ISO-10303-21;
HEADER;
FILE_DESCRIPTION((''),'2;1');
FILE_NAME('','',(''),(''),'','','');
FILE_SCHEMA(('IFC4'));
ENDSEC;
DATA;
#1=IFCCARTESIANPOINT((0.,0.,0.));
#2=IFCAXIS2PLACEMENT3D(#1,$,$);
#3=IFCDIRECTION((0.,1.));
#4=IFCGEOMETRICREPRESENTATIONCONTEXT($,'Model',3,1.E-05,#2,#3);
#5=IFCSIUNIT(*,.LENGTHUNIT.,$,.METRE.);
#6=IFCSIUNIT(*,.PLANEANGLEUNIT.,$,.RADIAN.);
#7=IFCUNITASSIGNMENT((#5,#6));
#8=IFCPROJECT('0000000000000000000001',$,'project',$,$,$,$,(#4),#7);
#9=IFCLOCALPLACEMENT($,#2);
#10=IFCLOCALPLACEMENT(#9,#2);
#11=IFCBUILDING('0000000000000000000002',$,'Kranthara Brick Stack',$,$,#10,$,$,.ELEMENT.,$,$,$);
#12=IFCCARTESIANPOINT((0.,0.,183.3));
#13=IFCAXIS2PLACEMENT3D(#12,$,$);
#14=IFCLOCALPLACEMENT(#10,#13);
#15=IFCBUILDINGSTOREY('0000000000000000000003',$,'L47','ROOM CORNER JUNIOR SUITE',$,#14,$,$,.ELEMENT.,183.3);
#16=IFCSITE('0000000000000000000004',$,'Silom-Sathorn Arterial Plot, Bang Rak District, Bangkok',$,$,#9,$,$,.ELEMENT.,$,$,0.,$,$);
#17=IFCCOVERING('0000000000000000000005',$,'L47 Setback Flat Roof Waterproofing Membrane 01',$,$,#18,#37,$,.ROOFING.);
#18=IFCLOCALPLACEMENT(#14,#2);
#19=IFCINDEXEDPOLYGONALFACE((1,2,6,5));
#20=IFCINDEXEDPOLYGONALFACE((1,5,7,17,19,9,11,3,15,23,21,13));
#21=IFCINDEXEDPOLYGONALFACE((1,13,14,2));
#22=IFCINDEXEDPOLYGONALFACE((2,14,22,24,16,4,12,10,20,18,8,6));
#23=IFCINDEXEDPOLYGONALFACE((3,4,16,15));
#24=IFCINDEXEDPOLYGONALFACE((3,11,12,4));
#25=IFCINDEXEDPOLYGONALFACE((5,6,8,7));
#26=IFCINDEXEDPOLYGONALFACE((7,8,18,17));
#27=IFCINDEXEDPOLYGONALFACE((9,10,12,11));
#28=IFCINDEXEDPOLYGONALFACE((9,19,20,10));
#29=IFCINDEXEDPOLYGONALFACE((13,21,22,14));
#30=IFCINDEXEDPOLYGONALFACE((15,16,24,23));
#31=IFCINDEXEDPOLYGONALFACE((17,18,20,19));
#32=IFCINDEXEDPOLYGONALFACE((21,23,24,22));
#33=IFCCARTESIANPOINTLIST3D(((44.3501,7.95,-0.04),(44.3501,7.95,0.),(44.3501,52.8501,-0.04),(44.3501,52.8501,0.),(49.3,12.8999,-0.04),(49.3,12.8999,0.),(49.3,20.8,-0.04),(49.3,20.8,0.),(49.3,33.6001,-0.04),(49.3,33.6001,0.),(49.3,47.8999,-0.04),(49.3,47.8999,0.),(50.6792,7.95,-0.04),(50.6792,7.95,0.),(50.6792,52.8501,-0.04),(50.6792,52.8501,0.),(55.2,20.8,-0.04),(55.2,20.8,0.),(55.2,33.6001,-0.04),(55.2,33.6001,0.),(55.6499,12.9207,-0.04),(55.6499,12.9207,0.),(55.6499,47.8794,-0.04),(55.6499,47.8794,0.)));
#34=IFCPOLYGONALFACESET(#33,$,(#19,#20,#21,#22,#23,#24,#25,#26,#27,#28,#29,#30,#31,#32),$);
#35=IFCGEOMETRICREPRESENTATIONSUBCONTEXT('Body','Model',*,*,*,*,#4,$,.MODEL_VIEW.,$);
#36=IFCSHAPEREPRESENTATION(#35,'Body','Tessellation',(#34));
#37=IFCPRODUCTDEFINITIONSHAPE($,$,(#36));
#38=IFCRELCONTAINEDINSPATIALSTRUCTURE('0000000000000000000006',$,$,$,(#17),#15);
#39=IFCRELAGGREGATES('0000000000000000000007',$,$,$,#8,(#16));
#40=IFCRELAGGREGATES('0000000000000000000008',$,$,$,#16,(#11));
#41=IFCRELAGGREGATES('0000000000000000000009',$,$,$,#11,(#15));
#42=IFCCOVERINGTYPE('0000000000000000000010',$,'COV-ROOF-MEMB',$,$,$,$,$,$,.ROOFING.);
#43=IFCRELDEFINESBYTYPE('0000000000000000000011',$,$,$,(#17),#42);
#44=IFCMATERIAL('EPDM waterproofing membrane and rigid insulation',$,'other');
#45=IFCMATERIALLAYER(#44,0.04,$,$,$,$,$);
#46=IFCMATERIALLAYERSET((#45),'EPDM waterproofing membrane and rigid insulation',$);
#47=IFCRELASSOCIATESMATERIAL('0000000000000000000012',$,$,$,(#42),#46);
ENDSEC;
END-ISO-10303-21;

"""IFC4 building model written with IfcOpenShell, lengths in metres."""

from ifc_helpers import new_model, si_unit, direction, frame, origin, place, context, subcontext, project, spatial, polyline, outline, extrude, material, layer, layer_set, type_object, element, save


model = new_model("IFC4")

# Units and contexts
model_context = context("Model", 3, precision=1e-05, world=origin(), true_north=direction((0.0, 1.0)))
body_context = subcontext(model_context, "Body", "Model", "MODEL_VIEW")
ifc_project = project(units=[si_unit("LENGTHUNIT", "METRE"), si_unit("PLANEANGLEUNIT", "RADIAN")], contexts=[model_context])

# Site, building, storey
site_placement = place(None, origin())
site = spatial("IfcSite", under=ifc_project, at=site_placement, Name="Silom-Sathorn Arterial Plot, Bang Rak District, Bangkok", CompositionType="ELEMENT", RefElevation=0.0)
building_placement = place(site_placement, origin())
building = spatial("IfcBuilding", under=site, at=building_placement, Name="Kranthara Brick Stack", CompositionType="ELEMENT")
storey_placement = place(building_placement, frame((0.0, 0.0, 183.3)))
storey = spatial("IfcBuildingStorey", under=building, at=storey_placement, Name="L47", Description="ROOM CORNER JUNIOR SUITE", CompositionType="ELEMENT", Elevation=183.3)

# Covering
ifc_material_1 = material(Name="EPDM waterproofing membrane and rigid insulation", Category="other")
ifc_layer_1 = layer(ifc_material_1, 0.04)
ifc_layer_set_1 = layer_set([ifc_layer_1], Name="EPDM waterproofing membrane and rigid insulation")
covering_type_1 = type_object("IfcCoveringType", Name="COV-ROOF-MEMB", PredefinedType="ROOFING", material=ifc_layer_set_1)
covering_1_placement = place(storey_placement, frame((0.0, 0.0, -0.04)))
element("IfcCovering", 1, at=covering_1_placement, inside=storey, type_object=covering_type_1, Name="L47 Setback Flat Roof Waterproofing Membrane 01", PredefinedType="ROOFING", context=body_context, shape_type="SweptSolid", body=[
    extrude(outline(polyline([(50.6792, 52.8501), (55.6499, 47.8794), (55.6499, 12.9207), (50.6792, 7.95), (44.3501, 7.95), (49.3, 12.8999), (49.3, 20.8), (55.2, 20.8), (55.2, 33.6001), (49.3, 33.6001), (49.3, 47.8999), (44.3501, 52.8501), (50.6792, 52.8501)])), origin(), (0.0, 0.0, 1.0), 0.04),
])

save(model, "model.ifc")
